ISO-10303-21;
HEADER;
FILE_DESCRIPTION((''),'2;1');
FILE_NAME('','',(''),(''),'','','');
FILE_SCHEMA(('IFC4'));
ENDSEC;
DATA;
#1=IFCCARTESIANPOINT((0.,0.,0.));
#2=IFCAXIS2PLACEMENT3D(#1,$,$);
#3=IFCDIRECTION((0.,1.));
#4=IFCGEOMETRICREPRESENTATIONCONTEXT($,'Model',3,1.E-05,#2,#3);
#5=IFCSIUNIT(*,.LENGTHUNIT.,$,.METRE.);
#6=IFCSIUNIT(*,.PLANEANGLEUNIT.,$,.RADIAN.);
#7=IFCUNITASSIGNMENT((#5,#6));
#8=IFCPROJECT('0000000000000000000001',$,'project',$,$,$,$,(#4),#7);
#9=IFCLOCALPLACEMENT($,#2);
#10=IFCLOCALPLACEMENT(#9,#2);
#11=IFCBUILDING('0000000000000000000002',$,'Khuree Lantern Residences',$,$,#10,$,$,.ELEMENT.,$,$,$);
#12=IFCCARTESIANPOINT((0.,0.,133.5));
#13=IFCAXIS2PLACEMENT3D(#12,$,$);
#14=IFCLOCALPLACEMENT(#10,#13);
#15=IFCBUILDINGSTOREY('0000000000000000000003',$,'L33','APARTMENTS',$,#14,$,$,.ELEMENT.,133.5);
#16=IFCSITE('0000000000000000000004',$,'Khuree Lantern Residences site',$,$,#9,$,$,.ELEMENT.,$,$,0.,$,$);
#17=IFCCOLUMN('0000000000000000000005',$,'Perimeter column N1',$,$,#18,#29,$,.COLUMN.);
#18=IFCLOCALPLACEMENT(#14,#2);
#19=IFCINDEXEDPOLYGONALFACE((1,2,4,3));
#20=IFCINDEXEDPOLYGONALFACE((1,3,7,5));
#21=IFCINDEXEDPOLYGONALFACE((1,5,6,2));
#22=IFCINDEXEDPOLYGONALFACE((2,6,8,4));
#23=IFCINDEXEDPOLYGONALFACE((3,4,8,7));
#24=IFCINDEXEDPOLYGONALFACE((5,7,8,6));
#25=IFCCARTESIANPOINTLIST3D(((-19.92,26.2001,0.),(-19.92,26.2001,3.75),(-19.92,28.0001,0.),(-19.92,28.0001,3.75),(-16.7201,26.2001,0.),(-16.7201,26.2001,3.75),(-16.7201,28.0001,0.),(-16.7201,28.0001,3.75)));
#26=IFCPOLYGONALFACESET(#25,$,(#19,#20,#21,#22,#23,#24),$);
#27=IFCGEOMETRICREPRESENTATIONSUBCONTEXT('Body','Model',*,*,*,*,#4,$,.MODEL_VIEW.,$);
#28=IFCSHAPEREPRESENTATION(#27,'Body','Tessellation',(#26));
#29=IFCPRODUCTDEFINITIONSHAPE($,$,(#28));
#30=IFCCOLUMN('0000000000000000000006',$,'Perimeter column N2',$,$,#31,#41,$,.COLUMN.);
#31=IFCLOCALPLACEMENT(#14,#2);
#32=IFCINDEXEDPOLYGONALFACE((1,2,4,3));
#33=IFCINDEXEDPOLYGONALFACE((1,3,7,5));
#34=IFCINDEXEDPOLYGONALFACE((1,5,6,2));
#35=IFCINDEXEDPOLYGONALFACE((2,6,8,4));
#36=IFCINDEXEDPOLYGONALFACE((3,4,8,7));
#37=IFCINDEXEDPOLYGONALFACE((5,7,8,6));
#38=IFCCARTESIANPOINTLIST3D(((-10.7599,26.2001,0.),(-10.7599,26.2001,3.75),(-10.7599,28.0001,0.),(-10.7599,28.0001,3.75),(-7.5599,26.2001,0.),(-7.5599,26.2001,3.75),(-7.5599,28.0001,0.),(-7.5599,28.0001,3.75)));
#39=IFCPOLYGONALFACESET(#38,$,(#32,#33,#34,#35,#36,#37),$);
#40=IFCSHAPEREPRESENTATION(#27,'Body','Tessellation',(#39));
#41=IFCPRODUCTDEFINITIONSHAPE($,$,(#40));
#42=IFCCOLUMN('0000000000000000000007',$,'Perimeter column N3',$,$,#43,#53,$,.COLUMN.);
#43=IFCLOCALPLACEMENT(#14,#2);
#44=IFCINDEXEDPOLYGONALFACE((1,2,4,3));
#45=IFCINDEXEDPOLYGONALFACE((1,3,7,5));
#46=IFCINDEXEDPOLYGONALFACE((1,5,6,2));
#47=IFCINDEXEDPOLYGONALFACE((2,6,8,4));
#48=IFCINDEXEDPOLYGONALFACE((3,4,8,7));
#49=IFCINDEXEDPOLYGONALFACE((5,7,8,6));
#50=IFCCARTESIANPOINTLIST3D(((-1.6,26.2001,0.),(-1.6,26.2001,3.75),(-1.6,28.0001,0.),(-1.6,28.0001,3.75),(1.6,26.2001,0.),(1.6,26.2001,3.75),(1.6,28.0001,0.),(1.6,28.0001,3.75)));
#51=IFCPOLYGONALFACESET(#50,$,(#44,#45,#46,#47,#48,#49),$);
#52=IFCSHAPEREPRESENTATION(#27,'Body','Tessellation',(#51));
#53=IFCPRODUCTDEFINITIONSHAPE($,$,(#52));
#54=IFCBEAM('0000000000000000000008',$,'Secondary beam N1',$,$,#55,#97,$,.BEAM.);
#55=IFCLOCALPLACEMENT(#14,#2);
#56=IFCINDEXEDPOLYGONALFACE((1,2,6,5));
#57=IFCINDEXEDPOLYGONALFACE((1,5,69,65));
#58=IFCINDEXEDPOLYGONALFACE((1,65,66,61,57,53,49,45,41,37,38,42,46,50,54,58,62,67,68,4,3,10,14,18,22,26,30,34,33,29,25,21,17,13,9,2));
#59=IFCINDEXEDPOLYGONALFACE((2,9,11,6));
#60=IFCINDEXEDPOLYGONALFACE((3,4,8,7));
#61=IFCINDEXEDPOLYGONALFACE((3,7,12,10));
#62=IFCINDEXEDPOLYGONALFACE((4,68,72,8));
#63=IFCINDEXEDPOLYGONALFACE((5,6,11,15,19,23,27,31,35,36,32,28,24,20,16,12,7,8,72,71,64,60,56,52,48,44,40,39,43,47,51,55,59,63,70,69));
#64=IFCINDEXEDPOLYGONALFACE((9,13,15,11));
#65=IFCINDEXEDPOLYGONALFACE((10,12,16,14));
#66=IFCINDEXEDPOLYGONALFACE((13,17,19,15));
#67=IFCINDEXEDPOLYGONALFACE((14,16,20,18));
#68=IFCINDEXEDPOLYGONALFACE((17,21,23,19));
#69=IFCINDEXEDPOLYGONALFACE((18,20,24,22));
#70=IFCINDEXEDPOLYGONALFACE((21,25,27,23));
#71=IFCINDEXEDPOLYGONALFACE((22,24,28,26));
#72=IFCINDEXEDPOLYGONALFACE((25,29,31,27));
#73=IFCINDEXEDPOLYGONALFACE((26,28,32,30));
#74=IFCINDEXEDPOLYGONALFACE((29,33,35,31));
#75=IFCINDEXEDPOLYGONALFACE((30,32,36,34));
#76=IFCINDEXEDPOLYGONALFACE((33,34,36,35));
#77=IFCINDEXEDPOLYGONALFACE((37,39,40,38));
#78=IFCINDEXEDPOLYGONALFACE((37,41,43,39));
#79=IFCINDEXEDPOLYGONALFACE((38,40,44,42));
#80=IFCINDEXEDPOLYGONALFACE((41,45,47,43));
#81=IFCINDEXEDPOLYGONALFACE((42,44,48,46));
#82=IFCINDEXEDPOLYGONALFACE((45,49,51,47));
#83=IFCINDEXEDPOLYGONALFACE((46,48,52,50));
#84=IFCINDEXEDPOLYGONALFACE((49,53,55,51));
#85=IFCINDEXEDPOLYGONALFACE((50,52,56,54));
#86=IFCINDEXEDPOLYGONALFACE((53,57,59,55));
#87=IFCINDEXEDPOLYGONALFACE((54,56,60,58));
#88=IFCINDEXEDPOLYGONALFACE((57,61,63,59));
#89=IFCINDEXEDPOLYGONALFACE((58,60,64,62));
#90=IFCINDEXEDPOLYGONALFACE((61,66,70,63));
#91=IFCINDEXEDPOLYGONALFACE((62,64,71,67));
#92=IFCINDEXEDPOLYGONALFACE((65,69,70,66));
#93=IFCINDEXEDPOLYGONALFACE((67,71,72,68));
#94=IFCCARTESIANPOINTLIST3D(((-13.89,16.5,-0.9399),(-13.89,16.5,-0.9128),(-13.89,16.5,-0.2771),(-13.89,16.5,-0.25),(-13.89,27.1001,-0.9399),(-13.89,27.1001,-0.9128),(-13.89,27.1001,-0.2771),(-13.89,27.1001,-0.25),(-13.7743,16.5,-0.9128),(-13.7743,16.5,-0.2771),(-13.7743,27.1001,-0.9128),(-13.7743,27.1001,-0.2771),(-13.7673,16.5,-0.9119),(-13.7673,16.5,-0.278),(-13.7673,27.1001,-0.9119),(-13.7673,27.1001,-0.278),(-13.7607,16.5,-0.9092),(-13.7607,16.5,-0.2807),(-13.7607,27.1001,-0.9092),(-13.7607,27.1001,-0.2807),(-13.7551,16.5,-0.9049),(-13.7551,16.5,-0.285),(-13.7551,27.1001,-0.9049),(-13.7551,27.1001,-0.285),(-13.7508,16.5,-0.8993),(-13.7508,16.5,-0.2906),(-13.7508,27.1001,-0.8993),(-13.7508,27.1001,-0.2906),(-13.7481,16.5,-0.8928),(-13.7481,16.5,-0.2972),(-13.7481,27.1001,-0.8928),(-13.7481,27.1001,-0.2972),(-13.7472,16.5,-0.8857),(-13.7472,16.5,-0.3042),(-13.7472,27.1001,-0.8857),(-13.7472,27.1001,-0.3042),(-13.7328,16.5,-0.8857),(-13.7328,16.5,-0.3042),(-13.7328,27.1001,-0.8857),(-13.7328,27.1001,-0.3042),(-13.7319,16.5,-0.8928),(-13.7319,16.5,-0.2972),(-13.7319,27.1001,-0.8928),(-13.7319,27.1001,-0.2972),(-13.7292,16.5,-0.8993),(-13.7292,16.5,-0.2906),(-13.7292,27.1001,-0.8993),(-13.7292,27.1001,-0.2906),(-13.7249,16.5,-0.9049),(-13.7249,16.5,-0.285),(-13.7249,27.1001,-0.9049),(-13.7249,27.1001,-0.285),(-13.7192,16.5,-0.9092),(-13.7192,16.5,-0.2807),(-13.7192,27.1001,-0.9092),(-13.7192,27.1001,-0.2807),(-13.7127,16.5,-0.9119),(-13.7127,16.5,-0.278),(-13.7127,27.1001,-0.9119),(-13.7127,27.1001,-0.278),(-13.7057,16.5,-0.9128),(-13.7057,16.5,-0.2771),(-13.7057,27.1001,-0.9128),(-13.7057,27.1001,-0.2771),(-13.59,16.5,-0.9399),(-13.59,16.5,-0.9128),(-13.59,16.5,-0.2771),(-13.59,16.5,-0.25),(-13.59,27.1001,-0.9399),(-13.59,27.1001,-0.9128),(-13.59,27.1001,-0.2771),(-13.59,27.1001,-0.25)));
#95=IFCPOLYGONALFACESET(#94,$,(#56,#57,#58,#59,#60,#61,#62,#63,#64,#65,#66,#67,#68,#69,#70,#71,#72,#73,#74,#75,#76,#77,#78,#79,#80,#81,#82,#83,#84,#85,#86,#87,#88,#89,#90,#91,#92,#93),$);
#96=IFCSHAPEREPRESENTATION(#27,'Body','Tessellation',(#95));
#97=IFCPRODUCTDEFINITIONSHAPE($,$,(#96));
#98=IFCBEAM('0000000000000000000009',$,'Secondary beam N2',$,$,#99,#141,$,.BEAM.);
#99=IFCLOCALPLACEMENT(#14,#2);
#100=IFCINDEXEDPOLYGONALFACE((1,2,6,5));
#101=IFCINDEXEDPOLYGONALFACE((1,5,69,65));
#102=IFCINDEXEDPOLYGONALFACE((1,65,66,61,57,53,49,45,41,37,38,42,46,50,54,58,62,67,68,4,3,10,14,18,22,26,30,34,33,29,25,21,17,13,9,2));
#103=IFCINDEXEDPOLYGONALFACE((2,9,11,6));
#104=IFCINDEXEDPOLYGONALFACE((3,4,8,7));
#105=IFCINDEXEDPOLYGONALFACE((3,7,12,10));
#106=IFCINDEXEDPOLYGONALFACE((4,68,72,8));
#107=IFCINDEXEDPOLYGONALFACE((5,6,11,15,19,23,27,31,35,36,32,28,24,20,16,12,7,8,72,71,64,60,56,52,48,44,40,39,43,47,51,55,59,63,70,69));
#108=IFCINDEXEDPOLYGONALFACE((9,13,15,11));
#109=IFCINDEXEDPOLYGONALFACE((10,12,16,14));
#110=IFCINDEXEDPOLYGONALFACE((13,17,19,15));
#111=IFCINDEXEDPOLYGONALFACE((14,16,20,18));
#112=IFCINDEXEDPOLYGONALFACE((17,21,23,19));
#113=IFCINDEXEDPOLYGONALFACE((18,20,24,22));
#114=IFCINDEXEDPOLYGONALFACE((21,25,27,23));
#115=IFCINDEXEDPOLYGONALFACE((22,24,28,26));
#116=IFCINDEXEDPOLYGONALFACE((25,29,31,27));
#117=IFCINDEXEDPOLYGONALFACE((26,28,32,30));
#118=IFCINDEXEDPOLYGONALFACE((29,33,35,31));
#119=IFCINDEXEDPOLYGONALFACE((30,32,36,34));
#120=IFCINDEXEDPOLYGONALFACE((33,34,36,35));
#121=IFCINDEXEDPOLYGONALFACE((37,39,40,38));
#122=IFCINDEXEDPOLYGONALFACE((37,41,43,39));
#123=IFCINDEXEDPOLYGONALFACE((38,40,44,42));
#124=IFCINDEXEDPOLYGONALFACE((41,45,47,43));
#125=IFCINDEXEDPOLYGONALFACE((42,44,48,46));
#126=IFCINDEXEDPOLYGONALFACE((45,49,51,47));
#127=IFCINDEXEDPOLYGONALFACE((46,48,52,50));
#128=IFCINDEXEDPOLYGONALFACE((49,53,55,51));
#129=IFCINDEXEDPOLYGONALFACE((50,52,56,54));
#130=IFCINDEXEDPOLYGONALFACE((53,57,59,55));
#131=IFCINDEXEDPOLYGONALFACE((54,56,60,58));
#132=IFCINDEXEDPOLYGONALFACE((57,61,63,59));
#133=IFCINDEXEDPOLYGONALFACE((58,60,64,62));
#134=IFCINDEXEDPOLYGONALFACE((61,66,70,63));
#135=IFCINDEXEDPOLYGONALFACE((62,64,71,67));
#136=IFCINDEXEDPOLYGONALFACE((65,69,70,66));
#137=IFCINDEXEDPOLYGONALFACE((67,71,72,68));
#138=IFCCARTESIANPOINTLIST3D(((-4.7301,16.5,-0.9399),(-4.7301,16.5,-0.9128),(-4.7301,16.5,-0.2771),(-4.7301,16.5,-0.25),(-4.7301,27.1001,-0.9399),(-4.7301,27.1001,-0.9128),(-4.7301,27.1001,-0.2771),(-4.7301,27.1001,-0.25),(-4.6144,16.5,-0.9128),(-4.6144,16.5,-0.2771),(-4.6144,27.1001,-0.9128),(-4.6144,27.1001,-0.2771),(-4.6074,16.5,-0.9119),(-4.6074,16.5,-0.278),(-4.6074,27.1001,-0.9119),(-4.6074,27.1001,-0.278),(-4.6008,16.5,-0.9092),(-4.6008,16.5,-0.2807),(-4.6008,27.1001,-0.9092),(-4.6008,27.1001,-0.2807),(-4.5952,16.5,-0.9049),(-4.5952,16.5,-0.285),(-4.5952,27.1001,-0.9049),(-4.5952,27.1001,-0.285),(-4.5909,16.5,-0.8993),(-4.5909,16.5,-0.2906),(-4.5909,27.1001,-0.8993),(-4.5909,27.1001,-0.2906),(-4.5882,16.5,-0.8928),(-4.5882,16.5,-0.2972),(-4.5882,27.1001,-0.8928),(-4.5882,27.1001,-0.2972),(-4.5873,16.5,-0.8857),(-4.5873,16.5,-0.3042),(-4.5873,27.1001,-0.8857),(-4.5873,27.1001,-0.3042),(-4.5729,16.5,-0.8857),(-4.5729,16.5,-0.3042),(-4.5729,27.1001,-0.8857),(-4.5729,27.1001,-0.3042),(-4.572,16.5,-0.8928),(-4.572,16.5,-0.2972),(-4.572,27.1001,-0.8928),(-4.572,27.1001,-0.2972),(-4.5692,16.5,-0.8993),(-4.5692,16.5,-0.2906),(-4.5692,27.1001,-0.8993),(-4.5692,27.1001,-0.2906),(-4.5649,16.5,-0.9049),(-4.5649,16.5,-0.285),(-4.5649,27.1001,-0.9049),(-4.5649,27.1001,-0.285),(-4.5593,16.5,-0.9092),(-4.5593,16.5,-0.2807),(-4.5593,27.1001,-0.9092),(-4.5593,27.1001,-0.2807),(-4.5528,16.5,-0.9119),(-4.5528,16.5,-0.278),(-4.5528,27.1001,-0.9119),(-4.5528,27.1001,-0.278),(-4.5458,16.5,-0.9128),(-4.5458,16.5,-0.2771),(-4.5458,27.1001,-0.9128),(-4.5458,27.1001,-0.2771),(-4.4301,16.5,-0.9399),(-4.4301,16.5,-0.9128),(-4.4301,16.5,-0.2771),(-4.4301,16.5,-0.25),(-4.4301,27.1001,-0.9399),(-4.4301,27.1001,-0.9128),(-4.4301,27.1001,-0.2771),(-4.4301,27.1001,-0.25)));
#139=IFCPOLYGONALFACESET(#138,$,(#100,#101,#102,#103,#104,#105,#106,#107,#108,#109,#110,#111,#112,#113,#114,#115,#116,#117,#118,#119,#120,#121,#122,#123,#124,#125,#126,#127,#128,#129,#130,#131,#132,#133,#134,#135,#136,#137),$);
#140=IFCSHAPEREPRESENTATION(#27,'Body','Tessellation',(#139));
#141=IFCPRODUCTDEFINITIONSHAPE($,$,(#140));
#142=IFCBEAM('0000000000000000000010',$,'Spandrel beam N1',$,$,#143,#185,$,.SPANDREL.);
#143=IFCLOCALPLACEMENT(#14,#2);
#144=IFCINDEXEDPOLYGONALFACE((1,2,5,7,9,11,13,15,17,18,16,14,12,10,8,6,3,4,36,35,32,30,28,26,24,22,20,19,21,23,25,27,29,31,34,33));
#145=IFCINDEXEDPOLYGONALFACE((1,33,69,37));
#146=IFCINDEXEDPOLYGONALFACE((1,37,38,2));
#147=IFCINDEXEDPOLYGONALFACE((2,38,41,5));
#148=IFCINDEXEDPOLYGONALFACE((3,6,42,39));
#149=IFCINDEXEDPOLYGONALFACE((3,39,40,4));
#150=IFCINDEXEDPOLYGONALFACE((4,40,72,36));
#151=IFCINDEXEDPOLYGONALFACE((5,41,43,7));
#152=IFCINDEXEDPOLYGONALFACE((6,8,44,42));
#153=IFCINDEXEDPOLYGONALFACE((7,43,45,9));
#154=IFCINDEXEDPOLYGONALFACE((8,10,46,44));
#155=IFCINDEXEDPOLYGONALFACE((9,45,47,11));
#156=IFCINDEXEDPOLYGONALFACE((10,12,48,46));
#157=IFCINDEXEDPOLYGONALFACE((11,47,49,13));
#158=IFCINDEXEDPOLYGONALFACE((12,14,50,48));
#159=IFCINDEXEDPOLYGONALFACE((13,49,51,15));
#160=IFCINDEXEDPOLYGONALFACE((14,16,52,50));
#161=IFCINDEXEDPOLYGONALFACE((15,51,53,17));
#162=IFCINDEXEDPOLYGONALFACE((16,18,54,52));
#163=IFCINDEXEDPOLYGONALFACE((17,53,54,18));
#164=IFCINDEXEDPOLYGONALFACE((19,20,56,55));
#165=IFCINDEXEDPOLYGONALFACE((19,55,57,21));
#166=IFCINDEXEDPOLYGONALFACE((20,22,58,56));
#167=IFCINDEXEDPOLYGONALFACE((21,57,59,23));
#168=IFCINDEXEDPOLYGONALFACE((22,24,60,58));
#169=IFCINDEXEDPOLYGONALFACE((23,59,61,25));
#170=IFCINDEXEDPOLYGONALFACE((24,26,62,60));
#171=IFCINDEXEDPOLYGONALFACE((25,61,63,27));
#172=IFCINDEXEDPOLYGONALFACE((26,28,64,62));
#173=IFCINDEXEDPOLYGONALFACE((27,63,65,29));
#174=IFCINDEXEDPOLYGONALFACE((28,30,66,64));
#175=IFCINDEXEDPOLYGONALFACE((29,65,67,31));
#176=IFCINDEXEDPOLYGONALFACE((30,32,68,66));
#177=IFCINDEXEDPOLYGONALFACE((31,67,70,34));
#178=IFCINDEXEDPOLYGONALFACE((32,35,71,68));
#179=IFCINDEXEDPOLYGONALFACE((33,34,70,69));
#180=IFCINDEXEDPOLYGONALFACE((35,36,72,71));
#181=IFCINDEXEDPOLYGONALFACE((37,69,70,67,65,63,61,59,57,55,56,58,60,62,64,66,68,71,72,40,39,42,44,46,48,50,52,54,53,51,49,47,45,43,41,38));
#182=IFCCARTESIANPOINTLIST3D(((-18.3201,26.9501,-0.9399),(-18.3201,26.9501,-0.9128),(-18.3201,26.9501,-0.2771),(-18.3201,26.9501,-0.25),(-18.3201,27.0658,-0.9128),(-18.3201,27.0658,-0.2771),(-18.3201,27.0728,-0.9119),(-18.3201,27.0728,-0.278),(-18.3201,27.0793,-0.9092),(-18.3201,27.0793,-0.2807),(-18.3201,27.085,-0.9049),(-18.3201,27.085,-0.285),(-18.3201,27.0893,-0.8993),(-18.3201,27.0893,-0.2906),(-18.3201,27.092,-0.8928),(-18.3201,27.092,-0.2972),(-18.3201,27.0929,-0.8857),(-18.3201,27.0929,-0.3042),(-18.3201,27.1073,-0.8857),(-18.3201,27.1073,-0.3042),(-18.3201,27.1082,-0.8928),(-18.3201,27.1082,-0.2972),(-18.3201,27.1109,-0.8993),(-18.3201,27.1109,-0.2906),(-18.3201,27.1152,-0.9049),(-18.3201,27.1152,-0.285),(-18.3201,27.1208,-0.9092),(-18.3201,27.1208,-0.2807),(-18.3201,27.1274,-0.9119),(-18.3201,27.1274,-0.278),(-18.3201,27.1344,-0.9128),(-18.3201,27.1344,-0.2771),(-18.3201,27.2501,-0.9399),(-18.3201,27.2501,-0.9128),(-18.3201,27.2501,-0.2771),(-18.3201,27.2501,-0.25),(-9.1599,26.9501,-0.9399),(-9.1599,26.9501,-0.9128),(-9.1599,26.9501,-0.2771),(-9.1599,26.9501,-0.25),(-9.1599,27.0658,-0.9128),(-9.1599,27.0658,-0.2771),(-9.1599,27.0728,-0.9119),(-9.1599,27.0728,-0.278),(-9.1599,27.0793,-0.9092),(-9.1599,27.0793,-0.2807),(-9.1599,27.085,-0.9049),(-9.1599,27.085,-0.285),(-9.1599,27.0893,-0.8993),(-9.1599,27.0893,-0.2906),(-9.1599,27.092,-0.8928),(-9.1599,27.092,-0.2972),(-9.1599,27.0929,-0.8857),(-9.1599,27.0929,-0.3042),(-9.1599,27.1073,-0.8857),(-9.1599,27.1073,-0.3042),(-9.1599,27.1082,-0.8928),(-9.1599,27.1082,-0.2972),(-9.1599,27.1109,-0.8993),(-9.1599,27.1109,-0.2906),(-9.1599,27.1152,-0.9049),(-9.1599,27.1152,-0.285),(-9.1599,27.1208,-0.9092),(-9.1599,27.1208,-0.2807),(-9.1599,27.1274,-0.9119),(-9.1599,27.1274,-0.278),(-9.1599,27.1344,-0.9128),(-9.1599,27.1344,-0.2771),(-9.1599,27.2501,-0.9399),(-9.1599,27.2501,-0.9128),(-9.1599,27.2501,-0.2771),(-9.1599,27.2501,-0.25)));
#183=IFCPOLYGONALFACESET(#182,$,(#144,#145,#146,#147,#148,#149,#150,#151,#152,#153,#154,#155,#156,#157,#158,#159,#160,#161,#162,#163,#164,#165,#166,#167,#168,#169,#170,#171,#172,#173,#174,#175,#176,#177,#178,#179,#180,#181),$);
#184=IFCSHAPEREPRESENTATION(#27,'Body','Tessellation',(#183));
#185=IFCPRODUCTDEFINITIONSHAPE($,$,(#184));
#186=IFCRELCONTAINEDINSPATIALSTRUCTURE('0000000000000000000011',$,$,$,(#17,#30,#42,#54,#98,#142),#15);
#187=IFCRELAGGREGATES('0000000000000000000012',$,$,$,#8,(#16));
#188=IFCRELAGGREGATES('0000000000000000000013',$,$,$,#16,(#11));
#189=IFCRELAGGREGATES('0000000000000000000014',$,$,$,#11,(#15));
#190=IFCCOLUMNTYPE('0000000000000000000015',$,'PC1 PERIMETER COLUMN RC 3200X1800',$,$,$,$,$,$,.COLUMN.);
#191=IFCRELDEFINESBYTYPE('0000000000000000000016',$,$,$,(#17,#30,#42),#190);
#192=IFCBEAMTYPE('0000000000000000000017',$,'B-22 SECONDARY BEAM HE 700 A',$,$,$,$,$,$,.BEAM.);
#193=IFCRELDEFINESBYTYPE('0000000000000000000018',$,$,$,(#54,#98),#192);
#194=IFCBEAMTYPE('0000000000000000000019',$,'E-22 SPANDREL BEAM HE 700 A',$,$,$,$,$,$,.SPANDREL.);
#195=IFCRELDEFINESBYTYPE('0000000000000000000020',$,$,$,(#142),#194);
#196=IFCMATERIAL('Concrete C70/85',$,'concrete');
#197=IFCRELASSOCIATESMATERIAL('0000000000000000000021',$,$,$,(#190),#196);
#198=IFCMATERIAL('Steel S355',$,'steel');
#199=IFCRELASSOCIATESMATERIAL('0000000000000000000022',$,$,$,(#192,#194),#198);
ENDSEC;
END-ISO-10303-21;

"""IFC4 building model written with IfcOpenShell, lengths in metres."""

from ifc_helpers import new_model, si_unit, direction, frame, origin, origin_2d, place, context, subcontext, project, spatial, rectangle, i_section, extrude, material, material_profile, profile_set, type_object, element, save


model = new_model("IFC4")

# Units and contexts
model_context = context("Model", 3, precision=1e-05, world=origin(), true_north=direction((0.0, 1.0)))
body_context = subcontext(model_context, "Body", "Model", "MODEL_VIEW")
ifc_project = project(units=[si_unit("LENGTHUNIT", "METRE"), si_unit("PLANEANGLEUNIT", "RADIAN")], contexts=[model_context])

# Site, building, storey
site_placement = place(None, origin())
site = spatial("IfcSite", under=ifc_project, at=site_placement, Name="Khuree Lantern Residences site", CompositionType="ELEMENT", RefElevation=0.0)
building_placement = place(site_placement, origin())
building = spatial("IfcBuilding", under=site, at=building_placement, Name="Khuree Lantern Residences", CompositionType="ELEMENT")
storey_placement = place(building_placement, frame((0.0, 0.0, 133.5)))
storey = spatial("IfcBuildingStorey", under=building, at=storey_placement, Name="L33", Description="APARTMENTS", CompositionType="ELEMENT", Elevation=133.5)

# Columns
ifc_material_1 = material(Name="Concrete C70/85", Category="concrete")
ifc_material_profile_1 = material_profile(ifc_material_1, rectangle(XDim=3.2, YDim=1.8, at=origin_2d()), Name="RC 3200X1800")
ifc_profile_set_1 = profile_set([ifc_material_profile_1], Name="Concrete C70/85")
column_type = type_object("IfcColumnType", Name="PC1 PERIMETER COLUMN RC 3200X1800", PredefinedType="COLUMN", material=ifc_profile_set_1)
for number, where, z_axis, x_axis, name in (
    (1, (-18.3201, 27.1001, 0.0), (0.0, 0.0, 1.0), (1.0, 0.0, 0.0), "Perimeter column N1"),
    (2, (-9.1599, 27.1001, 0.0), (0.0, 0.0, 1.0), (1.0, 0.0, 0.0), "Perimeter column N2"),
    (3, (0.0, 27.1001, 0.0), (0.0, 0.0, 1.0), (1.0, 0.0, 0.0), "Perimeter column N3"),
):
    element("IfcColumn", number, at=place(storey_placement, frame(where, z_axis=z_axis, x_axis=x_axis)), inside=storey, type_object=column_type, Name=name, PredefinedType="COLUMN", context=body_context, shape_type="SweptSolid", body=[
        extrude(rectangle(XDim=3.2, YDim=1.8, at=origin_2d()), origin(), (0.0, 0.0, 1.0), 3.75),
    ])

# Beams
ifc_material_2 = material(Name="Steel S355", Category="steel")
ifc_material_profile_2 = material_profile(ifc_material_2, i_section(OverallWidth=0.3, OverallDepth=0.6899, WebThickness=0.0144, FlangeThickness=0.0271, FilletRadius=0.0271, at=origin_2d()), Name="HE 700 A")
ifc_profile_set_2 = profile_set([ifc_material_profile_2], Name="Steel S355")
beam_type_1 = type_object("IfcBeamType", Name="B-22 SECONDARY BEAM HE 700 A", PredefinedType="BEAM", material=ifc_profile_set_2)
for number, where, z_axis, x_axis, name in (
    (4, (-13.74, 27.1001, -0.595), (0.0, -1.0, 0.0), (1.0, 0.0, 0.0), "Secondary beam N1"),
    (5, (-4.5801, 27.1001, -0.595), (0.0, -1.0, 0.0), (1.0, 0.0, 0.0), "Secondary beam N2"),
):
    element("IfcBeam", number, at=place(storey_placement, frame(where, z_axis=z_axis, x_axis=x_axis)), inside=storey, type_object=beam_type_1, Name=name, PredefinedType="BEAM", context=body_context, shape_type="SweptSolid", body=[
        extrude(i_section(OverallWidth=0.3, OverallDepth=0.6899, WebThickness=0.0144, FlangeThickness=0.0271, FilletRadius=0.0271, at=origin_2d()), origin(), (0.0, 0.0, 1.0), 10.6001),
    ])
ifc_material_profile_3 = material_profile(ifc_material_2, i_section(OverallWidth=0.3, OverallDepth=0.6899, WebThickness=0.0144, FlangeThickness=0.0271, FilletRadius=0.0271, at=origin_2d()), Name="HE 700 A")
ifc_profile_set_3 = profile_set([ifc_material_profile_3], Name="Steel S355")
beam_type_2 = type_object("IfcBeamType", Name="E-22 SPANDREL BEAM HE 700 A", PredefinedType="SPANDREL", material=ifc_profile_set_3)
beam_1_placement = place(storey_placement, frame((-18.3201, 27.1001, -0.595), z_axis=(1.0, 0.0, 0.0), x_axis=(0.0, 1.0, 0.0)))
element("IfcBeam", 6, at=beam_1_placement, inside=storey, type_object=beam_type_2, Name="Spandrel beam N1", PredefinedType="SPANDREL", context=body_context, shape_type="SweptSolid", body=[
    extrude(i_section(OverallWidth=0.3, OverallDepth=0.6899, WebThickness=0.0144, FlangeThickness=0.0271, FilletRadius=0.0271, at=origin_2d()), origin(), (0.0, 0.0, 1.0), 9.1602),
])

save(model, "model.ifc")
